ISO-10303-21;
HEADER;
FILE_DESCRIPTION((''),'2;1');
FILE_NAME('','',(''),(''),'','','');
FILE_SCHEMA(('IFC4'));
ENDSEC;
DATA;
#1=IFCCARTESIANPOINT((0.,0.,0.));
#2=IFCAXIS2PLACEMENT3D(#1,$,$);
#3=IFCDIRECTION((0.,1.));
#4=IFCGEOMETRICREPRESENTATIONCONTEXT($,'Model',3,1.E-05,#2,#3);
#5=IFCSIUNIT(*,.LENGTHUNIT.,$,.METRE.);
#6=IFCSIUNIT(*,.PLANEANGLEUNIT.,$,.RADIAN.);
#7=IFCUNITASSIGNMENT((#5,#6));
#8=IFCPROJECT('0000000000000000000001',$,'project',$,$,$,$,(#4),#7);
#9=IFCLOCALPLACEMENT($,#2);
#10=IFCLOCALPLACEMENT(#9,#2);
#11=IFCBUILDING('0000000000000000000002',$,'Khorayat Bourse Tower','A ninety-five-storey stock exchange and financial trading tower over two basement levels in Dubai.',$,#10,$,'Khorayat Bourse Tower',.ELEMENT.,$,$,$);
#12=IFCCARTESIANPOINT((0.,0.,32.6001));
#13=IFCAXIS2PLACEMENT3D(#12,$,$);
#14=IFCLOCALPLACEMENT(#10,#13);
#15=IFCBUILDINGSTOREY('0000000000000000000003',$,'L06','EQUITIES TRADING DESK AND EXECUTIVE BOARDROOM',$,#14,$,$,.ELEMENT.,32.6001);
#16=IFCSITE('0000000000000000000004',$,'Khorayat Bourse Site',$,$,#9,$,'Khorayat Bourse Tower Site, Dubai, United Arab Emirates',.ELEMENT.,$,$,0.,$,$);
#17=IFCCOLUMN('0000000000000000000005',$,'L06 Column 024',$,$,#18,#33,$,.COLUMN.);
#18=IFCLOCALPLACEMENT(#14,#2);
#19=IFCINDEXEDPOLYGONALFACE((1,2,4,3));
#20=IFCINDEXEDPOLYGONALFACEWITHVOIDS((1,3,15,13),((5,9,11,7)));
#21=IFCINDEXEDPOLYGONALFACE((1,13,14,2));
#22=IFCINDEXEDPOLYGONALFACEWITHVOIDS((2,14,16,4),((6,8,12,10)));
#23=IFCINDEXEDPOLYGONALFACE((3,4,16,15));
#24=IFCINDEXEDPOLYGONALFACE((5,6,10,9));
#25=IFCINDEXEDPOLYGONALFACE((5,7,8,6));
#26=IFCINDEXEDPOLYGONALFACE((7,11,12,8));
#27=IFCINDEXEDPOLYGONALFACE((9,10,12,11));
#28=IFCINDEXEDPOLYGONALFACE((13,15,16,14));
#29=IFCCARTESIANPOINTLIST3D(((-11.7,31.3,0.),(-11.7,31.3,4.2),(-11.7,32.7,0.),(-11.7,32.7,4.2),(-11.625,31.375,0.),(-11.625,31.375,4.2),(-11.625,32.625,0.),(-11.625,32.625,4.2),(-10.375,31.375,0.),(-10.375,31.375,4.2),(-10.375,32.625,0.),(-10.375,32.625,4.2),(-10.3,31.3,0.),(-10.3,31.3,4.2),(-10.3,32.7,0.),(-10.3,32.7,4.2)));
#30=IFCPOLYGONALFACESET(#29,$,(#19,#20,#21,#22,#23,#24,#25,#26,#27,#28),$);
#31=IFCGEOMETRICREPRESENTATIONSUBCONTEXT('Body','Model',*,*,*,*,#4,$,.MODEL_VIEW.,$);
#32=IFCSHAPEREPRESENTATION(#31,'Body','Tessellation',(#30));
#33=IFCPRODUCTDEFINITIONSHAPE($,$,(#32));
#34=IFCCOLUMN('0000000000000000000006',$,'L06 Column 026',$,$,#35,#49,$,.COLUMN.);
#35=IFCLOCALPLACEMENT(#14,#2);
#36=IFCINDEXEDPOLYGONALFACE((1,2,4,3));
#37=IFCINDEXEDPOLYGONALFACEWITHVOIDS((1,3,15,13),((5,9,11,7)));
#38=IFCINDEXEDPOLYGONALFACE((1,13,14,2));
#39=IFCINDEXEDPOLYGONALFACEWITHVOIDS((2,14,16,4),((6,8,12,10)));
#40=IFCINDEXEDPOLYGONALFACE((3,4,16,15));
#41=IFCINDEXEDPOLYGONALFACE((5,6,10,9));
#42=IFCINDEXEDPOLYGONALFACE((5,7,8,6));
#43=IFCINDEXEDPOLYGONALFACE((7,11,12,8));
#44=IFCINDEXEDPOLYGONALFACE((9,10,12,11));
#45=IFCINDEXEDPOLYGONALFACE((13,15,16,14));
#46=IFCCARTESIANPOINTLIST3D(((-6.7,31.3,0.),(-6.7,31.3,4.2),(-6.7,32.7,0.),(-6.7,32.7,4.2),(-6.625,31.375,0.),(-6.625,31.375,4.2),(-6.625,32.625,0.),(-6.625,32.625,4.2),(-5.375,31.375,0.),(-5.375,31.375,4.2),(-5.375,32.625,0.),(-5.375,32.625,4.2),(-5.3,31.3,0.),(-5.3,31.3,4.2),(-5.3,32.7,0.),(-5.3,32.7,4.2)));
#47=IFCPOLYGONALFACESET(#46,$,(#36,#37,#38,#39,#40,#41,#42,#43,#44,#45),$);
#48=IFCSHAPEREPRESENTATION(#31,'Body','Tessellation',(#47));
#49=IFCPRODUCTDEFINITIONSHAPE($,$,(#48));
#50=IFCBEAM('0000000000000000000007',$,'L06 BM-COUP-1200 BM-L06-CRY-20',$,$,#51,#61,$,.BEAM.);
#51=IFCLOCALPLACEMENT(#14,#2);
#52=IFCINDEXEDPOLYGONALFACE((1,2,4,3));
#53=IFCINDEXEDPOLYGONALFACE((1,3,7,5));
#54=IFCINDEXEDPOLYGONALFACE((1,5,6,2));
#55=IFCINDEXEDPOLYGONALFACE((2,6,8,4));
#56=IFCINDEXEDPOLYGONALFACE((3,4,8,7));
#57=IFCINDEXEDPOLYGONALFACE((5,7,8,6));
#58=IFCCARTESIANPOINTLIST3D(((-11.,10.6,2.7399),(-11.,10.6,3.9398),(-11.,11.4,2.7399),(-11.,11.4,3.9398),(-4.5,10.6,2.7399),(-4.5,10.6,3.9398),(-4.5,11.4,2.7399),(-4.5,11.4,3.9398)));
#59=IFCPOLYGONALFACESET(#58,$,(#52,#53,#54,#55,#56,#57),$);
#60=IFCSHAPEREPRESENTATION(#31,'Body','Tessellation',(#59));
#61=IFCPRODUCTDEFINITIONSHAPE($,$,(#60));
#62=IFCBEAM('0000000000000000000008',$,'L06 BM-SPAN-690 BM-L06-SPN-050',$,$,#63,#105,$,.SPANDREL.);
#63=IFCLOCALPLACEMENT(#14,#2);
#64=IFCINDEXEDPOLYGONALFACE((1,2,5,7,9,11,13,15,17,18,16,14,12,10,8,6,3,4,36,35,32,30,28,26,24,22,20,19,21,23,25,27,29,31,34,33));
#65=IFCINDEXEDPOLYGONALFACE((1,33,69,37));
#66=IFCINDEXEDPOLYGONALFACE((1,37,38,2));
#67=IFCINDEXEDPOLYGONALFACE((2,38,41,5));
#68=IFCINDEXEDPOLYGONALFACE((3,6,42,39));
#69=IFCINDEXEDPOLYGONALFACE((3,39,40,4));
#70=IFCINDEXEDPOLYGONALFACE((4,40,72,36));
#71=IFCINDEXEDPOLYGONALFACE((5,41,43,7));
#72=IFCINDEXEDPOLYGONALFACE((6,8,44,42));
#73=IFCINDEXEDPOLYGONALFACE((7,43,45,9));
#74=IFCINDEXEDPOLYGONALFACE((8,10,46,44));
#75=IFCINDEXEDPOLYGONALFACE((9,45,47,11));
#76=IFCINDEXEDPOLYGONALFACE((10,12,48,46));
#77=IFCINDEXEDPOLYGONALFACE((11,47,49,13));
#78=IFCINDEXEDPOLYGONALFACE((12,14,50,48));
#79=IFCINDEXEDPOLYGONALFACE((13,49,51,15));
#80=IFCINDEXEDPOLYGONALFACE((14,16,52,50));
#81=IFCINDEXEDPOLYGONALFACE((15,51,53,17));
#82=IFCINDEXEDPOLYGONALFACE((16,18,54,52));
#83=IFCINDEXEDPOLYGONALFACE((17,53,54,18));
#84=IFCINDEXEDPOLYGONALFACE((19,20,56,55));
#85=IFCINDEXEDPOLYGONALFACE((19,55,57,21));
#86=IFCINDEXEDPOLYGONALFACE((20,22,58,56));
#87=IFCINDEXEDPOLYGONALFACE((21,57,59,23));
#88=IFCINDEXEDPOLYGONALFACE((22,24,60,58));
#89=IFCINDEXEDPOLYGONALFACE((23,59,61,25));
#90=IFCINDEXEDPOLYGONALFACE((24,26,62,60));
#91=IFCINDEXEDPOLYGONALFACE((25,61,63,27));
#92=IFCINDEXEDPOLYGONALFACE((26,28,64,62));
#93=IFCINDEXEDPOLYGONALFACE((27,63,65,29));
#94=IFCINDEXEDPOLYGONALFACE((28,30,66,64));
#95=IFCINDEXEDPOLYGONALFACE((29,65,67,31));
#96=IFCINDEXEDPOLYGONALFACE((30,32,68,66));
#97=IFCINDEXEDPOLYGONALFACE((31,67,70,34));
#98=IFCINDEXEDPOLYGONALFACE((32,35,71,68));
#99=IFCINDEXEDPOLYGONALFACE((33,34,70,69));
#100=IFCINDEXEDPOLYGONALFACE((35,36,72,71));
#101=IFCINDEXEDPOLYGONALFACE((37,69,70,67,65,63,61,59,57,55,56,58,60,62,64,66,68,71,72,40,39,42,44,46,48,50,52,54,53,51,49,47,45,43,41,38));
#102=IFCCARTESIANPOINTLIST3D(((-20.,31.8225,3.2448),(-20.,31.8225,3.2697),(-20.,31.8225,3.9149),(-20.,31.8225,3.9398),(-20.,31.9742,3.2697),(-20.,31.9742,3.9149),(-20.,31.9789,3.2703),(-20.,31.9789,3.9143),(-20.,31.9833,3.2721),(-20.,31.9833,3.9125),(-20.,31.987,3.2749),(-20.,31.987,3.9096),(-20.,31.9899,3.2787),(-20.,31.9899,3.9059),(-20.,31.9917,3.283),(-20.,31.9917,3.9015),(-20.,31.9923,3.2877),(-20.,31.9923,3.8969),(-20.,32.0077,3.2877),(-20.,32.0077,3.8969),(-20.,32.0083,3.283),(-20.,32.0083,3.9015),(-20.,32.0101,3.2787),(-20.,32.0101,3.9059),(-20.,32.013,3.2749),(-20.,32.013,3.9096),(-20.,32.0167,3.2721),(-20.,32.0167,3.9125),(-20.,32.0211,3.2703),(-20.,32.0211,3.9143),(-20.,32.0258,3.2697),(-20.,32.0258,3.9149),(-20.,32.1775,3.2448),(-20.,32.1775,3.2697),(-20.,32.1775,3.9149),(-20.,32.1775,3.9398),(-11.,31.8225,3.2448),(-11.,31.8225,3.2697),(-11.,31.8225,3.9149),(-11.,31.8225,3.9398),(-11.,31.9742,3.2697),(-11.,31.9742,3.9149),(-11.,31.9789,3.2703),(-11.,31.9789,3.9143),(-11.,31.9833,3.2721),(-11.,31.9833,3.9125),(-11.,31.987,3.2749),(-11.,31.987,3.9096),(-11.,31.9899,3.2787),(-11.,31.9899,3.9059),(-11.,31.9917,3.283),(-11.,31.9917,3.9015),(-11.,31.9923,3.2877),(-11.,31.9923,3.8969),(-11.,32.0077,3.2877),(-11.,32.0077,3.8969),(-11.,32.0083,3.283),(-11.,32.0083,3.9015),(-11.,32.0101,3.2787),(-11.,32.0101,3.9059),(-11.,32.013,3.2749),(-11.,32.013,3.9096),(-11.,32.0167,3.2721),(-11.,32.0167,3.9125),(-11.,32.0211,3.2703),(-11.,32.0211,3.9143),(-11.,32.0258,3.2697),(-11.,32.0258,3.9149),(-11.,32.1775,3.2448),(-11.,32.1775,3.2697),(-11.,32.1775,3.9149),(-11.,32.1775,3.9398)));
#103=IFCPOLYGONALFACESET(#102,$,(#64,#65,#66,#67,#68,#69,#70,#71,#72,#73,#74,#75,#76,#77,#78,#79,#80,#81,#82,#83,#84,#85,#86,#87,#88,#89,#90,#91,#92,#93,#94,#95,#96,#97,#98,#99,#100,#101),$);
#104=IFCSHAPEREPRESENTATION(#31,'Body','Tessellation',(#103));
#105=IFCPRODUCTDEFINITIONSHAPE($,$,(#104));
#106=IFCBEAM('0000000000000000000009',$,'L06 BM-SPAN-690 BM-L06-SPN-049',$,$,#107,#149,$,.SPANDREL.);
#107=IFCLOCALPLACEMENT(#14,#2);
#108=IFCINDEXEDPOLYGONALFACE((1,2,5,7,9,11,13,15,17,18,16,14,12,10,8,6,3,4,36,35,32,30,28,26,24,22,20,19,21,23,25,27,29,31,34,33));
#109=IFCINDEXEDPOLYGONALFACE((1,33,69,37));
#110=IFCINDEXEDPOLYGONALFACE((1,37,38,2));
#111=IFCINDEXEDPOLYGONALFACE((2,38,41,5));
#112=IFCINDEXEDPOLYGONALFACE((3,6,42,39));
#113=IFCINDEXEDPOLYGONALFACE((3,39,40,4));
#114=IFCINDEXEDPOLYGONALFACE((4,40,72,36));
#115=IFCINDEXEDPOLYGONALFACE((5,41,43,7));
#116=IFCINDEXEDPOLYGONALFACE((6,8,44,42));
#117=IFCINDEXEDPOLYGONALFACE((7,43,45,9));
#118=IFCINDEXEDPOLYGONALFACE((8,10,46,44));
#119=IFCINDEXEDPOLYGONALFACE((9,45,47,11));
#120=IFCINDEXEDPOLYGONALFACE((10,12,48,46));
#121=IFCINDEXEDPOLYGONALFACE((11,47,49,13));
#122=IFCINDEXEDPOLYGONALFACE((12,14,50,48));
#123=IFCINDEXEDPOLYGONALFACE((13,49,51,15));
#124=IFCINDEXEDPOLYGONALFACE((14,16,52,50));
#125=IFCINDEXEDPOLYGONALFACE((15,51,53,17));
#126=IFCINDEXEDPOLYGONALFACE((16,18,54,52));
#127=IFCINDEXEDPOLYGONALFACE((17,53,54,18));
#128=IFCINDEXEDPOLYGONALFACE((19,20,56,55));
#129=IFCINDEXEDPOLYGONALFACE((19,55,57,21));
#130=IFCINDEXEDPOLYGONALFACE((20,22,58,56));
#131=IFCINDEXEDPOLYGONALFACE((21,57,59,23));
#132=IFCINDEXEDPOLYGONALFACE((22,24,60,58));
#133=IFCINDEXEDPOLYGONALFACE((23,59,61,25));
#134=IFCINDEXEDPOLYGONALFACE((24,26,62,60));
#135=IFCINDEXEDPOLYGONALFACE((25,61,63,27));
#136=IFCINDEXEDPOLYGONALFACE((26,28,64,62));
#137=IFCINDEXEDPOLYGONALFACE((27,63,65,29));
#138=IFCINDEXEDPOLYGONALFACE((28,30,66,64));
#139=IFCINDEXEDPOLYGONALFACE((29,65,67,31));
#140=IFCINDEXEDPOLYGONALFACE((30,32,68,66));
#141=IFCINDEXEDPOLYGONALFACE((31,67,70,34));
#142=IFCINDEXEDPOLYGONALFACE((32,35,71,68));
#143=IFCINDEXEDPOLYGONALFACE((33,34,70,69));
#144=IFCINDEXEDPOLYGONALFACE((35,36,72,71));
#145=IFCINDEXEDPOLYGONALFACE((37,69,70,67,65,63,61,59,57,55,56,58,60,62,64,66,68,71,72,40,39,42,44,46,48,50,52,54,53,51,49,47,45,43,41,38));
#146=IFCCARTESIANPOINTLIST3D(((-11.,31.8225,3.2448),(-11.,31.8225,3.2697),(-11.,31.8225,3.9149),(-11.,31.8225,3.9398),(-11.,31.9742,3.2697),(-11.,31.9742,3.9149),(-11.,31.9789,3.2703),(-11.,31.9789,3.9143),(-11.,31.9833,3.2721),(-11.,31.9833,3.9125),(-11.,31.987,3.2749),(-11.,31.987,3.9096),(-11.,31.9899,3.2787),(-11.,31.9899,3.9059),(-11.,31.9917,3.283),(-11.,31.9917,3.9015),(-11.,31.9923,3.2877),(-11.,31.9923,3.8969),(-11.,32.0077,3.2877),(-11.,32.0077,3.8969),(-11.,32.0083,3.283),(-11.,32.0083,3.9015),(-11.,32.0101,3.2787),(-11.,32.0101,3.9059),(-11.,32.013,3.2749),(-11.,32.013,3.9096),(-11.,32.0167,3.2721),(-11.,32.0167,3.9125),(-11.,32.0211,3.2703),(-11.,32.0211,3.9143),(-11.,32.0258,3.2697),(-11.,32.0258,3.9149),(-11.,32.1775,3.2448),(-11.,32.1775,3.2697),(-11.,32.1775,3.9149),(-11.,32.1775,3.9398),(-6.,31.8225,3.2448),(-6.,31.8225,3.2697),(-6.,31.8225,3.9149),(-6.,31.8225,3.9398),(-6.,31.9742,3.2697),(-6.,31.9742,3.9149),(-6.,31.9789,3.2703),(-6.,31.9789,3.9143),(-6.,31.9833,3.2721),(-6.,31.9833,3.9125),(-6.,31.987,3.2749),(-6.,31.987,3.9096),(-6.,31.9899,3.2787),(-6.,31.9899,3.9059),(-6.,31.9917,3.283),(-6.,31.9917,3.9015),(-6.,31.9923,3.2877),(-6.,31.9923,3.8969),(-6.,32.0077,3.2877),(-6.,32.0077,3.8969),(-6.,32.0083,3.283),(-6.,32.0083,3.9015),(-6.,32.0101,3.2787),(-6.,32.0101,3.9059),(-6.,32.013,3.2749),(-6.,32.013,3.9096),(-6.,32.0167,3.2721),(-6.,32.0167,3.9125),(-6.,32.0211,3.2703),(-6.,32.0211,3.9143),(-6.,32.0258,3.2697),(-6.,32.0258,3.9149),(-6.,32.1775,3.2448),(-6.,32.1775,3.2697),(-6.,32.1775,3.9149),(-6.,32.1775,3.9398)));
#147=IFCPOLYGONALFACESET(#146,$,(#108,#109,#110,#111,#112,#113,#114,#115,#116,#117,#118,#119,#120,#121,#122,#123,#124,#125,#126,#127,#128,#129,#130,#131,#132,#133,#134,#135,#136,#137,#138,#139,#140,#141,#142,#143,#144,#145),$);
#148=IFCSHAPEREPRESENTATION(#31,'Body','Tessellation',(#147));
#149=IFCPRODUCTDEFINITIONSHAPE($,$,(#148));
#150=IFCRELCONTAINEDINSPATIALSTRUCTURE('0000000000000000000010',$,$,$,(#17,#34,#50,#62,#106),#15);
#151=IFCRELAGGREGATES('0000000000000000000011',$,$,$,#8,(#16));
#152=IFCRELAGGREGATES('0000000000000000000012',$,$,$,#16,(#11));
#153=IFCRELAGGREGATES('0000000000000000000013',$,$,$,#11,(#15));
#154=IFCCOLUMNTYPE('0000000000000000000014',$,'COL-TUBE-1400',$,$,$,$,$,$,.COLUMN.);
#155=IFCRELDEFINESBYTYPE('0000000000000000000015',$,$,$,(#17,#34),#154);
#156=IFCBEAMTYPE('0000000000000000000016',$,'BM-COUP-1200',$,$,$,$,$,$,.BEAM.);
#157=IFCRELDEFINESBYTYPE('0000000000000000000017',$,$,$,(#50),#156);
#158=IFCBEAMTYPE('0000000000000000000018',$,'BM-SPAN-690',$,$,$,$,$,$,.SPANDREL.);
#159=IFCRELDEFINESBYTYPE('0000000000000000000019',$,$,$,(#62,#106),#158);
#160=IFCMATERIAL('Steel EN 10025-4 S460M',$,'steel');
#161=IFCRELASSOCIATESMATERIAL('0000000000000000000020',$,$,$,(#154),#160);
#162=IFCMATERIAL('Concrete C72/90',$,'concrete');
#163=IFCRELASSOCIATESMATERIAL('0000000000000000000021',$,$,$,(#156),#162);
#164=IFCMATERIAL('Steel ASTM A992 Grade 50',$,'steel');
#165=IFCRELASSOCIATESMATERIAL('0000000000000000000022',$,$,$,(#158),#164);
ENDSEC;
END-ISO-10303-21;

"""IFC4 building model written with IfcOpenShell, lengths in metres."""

from ifc_helpers import new_model, si_unit, direction, frame, origin, origin_2d, place, context, subcontext, project, spatial, rectangle, hollow_rectangle, i_section, extrude, source, transform, mapped, material, material_profile, profile_set, type_object, element, save


model = new_model("IFC4")

# Units and contexts
model_context = context("Model", 3, precision=1e-05, world=origin(), true_north=direction((0.0, 1.0)))
body_context = subcontext(model_context, "Body", "Model", "MODEL_VIEW")
ifc_project = project(units=[si_unit("LENGTHUNIT", "METRE"), si_unit("PLANEANGLEUNIT", "RADIAN")], contexts=[model_context])

# Site, building, storey
site_placement = place(None, origin())
site = spatial("IfcSite", under=ifc_project, at=site_placement, Name="Khorayat Bourse Site", LongName="Khorayat Bourse Tower Site, Dubai, United Arab Emirates", CompositionType="ELEMENT", RefElevation=0.0)
building_placement = place(site_placement, origin())
building = spatial("IfcBuilding", under=site, at=building_placement, Name="Khorayat Bourse Tower", Description="A ninety-five-storey stock exchange and financial trading tower over two basement levels in Dubai.", LongName="Khorayat Bourse Tower", CompositionType="ELEMENT")
storey_placement = place(building_placement, frame((0.0, 0.0, 32.6001)))
storey = spatial("IfcBuildingStorey", under=building, at=storey_placement, Name="L06", Description="EQUITIES TRADING DESK AND EXECUTIVE BOARDROOM", CompositionType="ELEMENT", Elevation=32.6001)

# Columns
ifc_material_1 = material(Name="Steel EN 10025-4 S460M", Category="steel")
ifc_material_profile_1 = material_profile(ifc_material_1, hollow_rectangle(XDim=1.3999, YDim=1.3999, WallThickness=0.075, at=origin_2d()), Name="BOX 1400x1400x75")
ifc_profile_set_1 = profile_set([ifc_material_profile_1], Name="Steel EN 10025-4 S460M")
column_type = type_object("IfcColumnType", Name="COL-TUBE-1400", PredefinedType="COLUMN", material=ifc_profile_set_1)
shared_shape_1 = source(origin(), body_context, "Body", "SweptSolid", [
    extrude(hollow_rectangle(XDim=1.3999, YDim=1.3999, WallThickness=0.075, at=origin_2d()), origin(), (0.0, 0.0, 1.0), 4.2),
])
for number, where, z_axis, x_axis, name in (
    (1, (-11.0, 32.0, 0.0), (0.0, 0.0, 1.0), (1.0, 0.0, 0.0), "L06 Column 024"),
    (2, (-6.0, 32.0, 0.0), (0.0, 0.0, 1.0), (1.0, 0.0, 0.0), "L06 Column 026"),
):
    element("IfcColumn", number, at=place(storey_placement, frame(where, z_axis=z_axis, x_axis=x_axis)), inside=storey, type_object=column_type, Name=name, PredefinedType="COLUMN", context=body_context, shape_type="MappedRepresentation", body=[
        mapped(shared_shape_1, transform((0.0, 0.0, 0.0), scale=1.0)),
    ])

# Beams
ifc_material_2 = material(Name="Concrete C72/90", Category="concrete")
ifc_material_profile_2 = material_profile(ifc_material_2, rectangle(XDim=0.8, YDim=1.2, at=origin_2d()), Name="RC 800x1200")
ifc_profile_set_2 = profile_set([ifc_material_profile_2], Name="Concrete C72/90")
beam_type_1 = type_object("IfcBeamType", Name="BM-COUP-1200", PredefinedType="BEAM", material=ifc_profile_set_2)
shared_shape_2 = source(origin(), body_context, "Body", "SweptSolid", [
    extrude(rectangle(XDim=0.8, YDim=1.2, at=origin_2d()), origin(), (0.0, 0.0, 1.0), 6.5),
])
beam_1_placement = place(storey_placement, frame((-11.0, 11.0, 3.3398), z_axis=(1.0, 0.0, 0.0), x_axis=(0.0, 1.0, 0.0)))
element("IfcBeam", 3, at=beam_1_placement, inside=storey, type_object=beam_type_1, Name="L06 BM-COUP-1200 BM-L06-CRY-20", PredefinedType="BEAM", context=body_context, shape_type="MappedRepresentation", body=[
    mapped(shared_shape_2, transform((0.0, 0.0, 0.0), scale=1.0)),
])
ifc_material_3 = material(Name="Steel ASTM A992 Grade 50", Category="steel")
ifc_material_profile_3 = material_profile(ifc_material_3, i_section(OverallWidth=0.355, OverallDepth=0.6951, WebThickness=0.0154, FlangeThickness=0.0249, FilletRadius=0.0181, at=origin_2d()), Name="W690X217")
ifc_profile_set_3 = profile_set([ifc_material_profile_3], Name="Steel ASTM A992 Grade 50")
beam_type_2 = type_object("IfcBeamType", Name="BM-SPAN-690", PredefinedType="SPANDREL", material=ifc_profile_set_3)
shared_shape_3 = source(origin(), body_context, "Body", "SweptSolid", [
    extrude(i_section(OverallWidth=0.355, OverallDepth=0.6951, WebThickness=0.0154, FlangeThickness=0.0249, FilletRadius=0.0181, at=origin_2d()), origin(), (0.0, 0.0, 1.0), 9.0),
])
beam_2_placement = place(storey_placement, frame((-20.0, 32.0, 3.5923), z_axis=(1.0, 0.0, 0.0), x_axis=(0.0, 1.0, 0.0)))
element("IfcBeam", 4, at=beam_2_placement, inside=storey, type_object=beam_type_2, Name="L06 BM-SPAN-690 BM-L06-SPN-050", PredefinedType="SPANDREL", context=body_context, shape_type="MappedRepresentation", body=[
    mapped(shared_shape_3, transform((0.0, 0.0, 0.0), scale=1.0)),
])
shared_shape_4 = source(origin(), body_context, "Body", "SweptSolid", [
    extrude(i_section(OverallWidth=0.355, OverallDepth=0.6951, WebThickness=0.0154, FlangeThickness=0.0249, FilletRadius=0.0181, at=origin_2d()), origin(), (0.0, 0.0, 1.0), 5.0),
])
beam_3_placement = place(storey_placement, frame((-11.0, 32.0, 3.5923), z_axis=(1.0, 0.0, 0.0), x_axis=(0.0, 1.0, 0.0)))
element("IfcBeam", 5, at=beam_3_placement, inside=storey, type_object=beam_type_2, Name="L06 BM-SPAN-690 BM-L06-SPN-049", PredefinedType="SPANDREL", context=body_context, shape_type="MappedRepresentation", body=[
    mapped(shared_shape_4, transform((0.0, 0.0, 0.0), scale=1.0)),
])

save(model, "model.ifc")
